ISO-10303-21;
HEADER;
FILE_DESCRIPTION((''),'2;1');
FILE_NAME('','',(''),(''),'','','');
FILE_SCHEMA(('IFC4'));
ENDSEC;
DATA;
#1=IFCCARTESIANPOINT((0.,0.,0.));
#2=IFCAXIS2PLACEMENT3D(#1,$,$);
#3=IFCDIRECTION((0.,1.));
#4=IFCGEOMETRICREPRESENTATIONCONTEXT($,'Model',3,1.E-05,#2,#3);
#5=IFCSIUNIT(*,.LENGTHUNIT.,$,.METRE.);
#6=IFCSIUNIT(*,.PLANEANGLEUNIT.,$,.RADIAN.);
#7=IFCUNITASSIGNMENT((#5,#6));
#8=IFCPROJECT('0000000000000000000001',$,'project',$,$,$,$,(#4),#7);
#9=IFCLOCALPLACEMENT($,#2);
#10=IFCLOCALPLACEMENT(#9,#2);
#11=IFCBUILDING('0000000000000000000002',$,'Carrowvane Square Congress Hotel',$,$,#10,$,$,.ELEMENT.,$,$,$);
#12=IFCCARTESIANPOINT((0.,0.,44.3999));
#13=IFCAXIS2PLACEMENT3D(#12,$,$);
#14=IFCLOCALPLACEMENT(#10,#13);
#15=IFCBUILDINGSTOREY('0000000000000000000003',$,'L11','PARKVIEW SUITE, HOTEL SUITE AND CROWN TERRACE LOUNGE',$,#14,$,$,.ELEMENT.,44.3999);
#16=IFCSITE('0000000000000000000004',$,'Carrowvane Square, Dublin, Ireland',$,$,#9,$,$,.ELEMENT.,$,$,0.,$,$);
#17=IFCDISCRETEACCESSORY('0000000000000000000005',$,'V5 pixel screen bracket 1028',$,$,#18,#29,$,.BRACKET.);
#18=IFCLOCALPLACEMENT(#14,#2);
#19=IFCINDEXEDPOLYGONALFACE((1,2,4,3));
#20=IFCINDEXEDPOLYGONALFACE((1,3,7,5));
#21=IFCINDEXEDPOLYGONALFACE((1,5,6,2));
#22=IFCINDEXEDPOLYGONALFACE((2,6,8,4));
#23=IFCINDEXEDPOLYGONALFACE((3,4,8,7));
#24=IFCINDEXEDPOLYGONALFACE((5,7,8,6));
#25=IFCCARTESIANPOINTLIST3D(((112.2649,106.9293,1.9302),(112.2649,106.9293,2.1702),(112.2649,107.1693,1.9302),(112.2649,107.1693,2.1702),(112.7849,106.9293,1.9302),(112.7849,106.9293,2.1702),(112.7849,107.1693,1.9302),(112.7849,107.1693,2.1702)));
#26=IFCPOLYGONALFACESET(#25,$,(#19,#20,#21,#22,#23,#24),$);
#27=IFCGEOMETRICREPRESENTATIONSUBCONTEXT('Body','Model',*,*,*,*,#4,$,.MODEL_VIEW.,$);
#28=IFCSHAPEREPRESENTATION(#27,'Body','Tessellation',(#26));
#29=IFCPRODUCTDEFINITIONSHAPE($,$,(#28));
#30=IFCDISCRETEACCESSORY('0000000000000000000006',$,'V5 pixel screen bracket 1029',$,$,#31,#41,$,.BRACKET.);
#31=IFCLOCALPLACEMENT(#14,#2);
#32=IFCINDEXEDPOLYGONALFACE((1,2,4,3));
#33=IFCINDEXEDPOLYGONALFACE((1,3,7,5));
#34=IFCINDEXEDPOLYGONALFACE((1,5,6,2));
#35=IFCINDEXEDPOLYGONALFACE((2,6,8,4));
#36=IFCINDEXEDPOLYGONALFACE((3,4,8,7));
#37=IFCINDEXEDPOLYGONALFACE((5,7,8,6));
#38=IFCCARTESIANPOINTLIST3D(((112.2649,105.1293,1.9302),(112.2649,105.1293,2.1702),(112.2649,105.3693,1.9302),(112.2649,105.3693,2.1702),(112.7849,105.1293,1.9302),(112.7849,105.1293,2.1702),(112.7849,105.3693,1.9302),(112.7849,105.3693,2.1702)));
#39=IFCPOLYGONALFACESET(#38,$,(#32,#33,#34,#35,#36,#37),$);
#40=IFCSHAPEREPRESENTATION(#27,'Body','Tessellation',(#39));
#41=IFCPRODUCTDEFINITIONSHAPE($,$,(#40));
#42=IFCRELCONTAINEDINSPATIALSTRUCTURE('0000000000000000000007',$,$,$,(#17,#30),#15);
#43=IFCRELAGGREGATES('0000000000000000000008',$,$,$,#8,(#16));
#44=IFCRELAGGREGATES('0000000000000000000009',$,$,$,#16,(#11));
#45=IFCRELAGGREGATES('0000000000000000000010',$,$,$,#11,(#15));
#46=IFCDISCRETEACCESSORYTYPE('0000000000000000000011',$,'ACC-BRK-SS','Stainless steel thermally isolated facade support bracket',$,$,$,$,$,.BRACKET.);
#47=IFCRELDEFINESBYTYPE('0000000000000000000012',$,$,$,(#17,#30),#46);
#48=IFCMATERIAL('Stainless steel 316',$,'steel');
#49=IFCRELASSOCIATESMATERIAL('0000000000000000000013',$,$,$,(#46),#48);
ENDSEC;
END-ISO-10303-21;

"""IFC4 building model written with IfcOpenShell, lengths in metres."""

from ifc_helpers import new_model, si_unit, direction, frame, origin, origin_2d, place, context, subcontext, project, spatial, rectangle, extrude, material, type_object, element, save


model = new_model("IFC4")

# Units and contexts
model_context = context("Model", 3, precision=1e-05, world=origin(), true_north=direction((0.0, 1.0)))
body_context = subcontext(model_context, "Body", "Model", "MODEL_VIEW")
ifc_project = project(units=[si_unit("LENGTHUNIT", "METRE"), si_unit("PLANEANGLEUNIT", "RADIAN")], contexts=[model_context])

# Site, building, storey
site_placement = place(None, origin())
site = spatial("IfcSite", under=ifc_project, at=site_placement, Name="Carrowvane Square, Dublin, Ireland", CompositionType="ELEMENT", RefElevation=0.0)
building_placement = place(site_placement, origin())
building = spatial("IfcBuilding", under=site, at=building_placement, Name="Carrowvane Square Congress Hotel", CompositionType="ELEMENT")
storey_placement = place(building_placement, frame((0.0, 0.0, 44.3999)))
storey = spatial("IfcBuildingStorey", under=building, at=storey_placement, Name="L11", Description="PARKVIEW SUITE, HOTEL SUITE AND CROWN TERRACE LOUNGE", CompositionType="ELEMENT", Elevation=44.3999)

# Discrete accessories
ifc_material_1 = material(Name="Stainless steel 316", Category="steel")
discrete_accessory_type = type_object("IfcDiscreteAccessoryType", Name="ACC-BRK-SS", Description="Stainless steel thermally isolated facade support bracket", PredefinedType="BRACKET", material=ifc_material_1)
for number, where, z_axis, x_axis, name in (
    (1, (112.5249, 107.0493, 1.9302), (0.0, 0.0, 1.0), (0.0, -1.0, 0.0), "V5 pixel screen bracket 1028"),
    (2, (112.5249, 105.2493, 1.9302), (0.0, 0.0, 1.0), (0.0, -1.0, 0.0), "V5 pixel screen bracket 1029"),
):
    element("IfcDiscreteAccessory", number, at=place(storey_placement, frame(where, z_axis=z_axis, x_axis=x_axis)), inside=storey, type_object=discrete_accessory_type, Name=name, PredefinedType="BRACKET", context=body_context, shape_type="SweptSolid", body=[
        extrude(rectangle(XDim=0.24, YDim=0.52, at=origin_2d()), origin(), (0.0, 0.0, 1.0), 0.24),
    ])

save(model, "model.ifc")
